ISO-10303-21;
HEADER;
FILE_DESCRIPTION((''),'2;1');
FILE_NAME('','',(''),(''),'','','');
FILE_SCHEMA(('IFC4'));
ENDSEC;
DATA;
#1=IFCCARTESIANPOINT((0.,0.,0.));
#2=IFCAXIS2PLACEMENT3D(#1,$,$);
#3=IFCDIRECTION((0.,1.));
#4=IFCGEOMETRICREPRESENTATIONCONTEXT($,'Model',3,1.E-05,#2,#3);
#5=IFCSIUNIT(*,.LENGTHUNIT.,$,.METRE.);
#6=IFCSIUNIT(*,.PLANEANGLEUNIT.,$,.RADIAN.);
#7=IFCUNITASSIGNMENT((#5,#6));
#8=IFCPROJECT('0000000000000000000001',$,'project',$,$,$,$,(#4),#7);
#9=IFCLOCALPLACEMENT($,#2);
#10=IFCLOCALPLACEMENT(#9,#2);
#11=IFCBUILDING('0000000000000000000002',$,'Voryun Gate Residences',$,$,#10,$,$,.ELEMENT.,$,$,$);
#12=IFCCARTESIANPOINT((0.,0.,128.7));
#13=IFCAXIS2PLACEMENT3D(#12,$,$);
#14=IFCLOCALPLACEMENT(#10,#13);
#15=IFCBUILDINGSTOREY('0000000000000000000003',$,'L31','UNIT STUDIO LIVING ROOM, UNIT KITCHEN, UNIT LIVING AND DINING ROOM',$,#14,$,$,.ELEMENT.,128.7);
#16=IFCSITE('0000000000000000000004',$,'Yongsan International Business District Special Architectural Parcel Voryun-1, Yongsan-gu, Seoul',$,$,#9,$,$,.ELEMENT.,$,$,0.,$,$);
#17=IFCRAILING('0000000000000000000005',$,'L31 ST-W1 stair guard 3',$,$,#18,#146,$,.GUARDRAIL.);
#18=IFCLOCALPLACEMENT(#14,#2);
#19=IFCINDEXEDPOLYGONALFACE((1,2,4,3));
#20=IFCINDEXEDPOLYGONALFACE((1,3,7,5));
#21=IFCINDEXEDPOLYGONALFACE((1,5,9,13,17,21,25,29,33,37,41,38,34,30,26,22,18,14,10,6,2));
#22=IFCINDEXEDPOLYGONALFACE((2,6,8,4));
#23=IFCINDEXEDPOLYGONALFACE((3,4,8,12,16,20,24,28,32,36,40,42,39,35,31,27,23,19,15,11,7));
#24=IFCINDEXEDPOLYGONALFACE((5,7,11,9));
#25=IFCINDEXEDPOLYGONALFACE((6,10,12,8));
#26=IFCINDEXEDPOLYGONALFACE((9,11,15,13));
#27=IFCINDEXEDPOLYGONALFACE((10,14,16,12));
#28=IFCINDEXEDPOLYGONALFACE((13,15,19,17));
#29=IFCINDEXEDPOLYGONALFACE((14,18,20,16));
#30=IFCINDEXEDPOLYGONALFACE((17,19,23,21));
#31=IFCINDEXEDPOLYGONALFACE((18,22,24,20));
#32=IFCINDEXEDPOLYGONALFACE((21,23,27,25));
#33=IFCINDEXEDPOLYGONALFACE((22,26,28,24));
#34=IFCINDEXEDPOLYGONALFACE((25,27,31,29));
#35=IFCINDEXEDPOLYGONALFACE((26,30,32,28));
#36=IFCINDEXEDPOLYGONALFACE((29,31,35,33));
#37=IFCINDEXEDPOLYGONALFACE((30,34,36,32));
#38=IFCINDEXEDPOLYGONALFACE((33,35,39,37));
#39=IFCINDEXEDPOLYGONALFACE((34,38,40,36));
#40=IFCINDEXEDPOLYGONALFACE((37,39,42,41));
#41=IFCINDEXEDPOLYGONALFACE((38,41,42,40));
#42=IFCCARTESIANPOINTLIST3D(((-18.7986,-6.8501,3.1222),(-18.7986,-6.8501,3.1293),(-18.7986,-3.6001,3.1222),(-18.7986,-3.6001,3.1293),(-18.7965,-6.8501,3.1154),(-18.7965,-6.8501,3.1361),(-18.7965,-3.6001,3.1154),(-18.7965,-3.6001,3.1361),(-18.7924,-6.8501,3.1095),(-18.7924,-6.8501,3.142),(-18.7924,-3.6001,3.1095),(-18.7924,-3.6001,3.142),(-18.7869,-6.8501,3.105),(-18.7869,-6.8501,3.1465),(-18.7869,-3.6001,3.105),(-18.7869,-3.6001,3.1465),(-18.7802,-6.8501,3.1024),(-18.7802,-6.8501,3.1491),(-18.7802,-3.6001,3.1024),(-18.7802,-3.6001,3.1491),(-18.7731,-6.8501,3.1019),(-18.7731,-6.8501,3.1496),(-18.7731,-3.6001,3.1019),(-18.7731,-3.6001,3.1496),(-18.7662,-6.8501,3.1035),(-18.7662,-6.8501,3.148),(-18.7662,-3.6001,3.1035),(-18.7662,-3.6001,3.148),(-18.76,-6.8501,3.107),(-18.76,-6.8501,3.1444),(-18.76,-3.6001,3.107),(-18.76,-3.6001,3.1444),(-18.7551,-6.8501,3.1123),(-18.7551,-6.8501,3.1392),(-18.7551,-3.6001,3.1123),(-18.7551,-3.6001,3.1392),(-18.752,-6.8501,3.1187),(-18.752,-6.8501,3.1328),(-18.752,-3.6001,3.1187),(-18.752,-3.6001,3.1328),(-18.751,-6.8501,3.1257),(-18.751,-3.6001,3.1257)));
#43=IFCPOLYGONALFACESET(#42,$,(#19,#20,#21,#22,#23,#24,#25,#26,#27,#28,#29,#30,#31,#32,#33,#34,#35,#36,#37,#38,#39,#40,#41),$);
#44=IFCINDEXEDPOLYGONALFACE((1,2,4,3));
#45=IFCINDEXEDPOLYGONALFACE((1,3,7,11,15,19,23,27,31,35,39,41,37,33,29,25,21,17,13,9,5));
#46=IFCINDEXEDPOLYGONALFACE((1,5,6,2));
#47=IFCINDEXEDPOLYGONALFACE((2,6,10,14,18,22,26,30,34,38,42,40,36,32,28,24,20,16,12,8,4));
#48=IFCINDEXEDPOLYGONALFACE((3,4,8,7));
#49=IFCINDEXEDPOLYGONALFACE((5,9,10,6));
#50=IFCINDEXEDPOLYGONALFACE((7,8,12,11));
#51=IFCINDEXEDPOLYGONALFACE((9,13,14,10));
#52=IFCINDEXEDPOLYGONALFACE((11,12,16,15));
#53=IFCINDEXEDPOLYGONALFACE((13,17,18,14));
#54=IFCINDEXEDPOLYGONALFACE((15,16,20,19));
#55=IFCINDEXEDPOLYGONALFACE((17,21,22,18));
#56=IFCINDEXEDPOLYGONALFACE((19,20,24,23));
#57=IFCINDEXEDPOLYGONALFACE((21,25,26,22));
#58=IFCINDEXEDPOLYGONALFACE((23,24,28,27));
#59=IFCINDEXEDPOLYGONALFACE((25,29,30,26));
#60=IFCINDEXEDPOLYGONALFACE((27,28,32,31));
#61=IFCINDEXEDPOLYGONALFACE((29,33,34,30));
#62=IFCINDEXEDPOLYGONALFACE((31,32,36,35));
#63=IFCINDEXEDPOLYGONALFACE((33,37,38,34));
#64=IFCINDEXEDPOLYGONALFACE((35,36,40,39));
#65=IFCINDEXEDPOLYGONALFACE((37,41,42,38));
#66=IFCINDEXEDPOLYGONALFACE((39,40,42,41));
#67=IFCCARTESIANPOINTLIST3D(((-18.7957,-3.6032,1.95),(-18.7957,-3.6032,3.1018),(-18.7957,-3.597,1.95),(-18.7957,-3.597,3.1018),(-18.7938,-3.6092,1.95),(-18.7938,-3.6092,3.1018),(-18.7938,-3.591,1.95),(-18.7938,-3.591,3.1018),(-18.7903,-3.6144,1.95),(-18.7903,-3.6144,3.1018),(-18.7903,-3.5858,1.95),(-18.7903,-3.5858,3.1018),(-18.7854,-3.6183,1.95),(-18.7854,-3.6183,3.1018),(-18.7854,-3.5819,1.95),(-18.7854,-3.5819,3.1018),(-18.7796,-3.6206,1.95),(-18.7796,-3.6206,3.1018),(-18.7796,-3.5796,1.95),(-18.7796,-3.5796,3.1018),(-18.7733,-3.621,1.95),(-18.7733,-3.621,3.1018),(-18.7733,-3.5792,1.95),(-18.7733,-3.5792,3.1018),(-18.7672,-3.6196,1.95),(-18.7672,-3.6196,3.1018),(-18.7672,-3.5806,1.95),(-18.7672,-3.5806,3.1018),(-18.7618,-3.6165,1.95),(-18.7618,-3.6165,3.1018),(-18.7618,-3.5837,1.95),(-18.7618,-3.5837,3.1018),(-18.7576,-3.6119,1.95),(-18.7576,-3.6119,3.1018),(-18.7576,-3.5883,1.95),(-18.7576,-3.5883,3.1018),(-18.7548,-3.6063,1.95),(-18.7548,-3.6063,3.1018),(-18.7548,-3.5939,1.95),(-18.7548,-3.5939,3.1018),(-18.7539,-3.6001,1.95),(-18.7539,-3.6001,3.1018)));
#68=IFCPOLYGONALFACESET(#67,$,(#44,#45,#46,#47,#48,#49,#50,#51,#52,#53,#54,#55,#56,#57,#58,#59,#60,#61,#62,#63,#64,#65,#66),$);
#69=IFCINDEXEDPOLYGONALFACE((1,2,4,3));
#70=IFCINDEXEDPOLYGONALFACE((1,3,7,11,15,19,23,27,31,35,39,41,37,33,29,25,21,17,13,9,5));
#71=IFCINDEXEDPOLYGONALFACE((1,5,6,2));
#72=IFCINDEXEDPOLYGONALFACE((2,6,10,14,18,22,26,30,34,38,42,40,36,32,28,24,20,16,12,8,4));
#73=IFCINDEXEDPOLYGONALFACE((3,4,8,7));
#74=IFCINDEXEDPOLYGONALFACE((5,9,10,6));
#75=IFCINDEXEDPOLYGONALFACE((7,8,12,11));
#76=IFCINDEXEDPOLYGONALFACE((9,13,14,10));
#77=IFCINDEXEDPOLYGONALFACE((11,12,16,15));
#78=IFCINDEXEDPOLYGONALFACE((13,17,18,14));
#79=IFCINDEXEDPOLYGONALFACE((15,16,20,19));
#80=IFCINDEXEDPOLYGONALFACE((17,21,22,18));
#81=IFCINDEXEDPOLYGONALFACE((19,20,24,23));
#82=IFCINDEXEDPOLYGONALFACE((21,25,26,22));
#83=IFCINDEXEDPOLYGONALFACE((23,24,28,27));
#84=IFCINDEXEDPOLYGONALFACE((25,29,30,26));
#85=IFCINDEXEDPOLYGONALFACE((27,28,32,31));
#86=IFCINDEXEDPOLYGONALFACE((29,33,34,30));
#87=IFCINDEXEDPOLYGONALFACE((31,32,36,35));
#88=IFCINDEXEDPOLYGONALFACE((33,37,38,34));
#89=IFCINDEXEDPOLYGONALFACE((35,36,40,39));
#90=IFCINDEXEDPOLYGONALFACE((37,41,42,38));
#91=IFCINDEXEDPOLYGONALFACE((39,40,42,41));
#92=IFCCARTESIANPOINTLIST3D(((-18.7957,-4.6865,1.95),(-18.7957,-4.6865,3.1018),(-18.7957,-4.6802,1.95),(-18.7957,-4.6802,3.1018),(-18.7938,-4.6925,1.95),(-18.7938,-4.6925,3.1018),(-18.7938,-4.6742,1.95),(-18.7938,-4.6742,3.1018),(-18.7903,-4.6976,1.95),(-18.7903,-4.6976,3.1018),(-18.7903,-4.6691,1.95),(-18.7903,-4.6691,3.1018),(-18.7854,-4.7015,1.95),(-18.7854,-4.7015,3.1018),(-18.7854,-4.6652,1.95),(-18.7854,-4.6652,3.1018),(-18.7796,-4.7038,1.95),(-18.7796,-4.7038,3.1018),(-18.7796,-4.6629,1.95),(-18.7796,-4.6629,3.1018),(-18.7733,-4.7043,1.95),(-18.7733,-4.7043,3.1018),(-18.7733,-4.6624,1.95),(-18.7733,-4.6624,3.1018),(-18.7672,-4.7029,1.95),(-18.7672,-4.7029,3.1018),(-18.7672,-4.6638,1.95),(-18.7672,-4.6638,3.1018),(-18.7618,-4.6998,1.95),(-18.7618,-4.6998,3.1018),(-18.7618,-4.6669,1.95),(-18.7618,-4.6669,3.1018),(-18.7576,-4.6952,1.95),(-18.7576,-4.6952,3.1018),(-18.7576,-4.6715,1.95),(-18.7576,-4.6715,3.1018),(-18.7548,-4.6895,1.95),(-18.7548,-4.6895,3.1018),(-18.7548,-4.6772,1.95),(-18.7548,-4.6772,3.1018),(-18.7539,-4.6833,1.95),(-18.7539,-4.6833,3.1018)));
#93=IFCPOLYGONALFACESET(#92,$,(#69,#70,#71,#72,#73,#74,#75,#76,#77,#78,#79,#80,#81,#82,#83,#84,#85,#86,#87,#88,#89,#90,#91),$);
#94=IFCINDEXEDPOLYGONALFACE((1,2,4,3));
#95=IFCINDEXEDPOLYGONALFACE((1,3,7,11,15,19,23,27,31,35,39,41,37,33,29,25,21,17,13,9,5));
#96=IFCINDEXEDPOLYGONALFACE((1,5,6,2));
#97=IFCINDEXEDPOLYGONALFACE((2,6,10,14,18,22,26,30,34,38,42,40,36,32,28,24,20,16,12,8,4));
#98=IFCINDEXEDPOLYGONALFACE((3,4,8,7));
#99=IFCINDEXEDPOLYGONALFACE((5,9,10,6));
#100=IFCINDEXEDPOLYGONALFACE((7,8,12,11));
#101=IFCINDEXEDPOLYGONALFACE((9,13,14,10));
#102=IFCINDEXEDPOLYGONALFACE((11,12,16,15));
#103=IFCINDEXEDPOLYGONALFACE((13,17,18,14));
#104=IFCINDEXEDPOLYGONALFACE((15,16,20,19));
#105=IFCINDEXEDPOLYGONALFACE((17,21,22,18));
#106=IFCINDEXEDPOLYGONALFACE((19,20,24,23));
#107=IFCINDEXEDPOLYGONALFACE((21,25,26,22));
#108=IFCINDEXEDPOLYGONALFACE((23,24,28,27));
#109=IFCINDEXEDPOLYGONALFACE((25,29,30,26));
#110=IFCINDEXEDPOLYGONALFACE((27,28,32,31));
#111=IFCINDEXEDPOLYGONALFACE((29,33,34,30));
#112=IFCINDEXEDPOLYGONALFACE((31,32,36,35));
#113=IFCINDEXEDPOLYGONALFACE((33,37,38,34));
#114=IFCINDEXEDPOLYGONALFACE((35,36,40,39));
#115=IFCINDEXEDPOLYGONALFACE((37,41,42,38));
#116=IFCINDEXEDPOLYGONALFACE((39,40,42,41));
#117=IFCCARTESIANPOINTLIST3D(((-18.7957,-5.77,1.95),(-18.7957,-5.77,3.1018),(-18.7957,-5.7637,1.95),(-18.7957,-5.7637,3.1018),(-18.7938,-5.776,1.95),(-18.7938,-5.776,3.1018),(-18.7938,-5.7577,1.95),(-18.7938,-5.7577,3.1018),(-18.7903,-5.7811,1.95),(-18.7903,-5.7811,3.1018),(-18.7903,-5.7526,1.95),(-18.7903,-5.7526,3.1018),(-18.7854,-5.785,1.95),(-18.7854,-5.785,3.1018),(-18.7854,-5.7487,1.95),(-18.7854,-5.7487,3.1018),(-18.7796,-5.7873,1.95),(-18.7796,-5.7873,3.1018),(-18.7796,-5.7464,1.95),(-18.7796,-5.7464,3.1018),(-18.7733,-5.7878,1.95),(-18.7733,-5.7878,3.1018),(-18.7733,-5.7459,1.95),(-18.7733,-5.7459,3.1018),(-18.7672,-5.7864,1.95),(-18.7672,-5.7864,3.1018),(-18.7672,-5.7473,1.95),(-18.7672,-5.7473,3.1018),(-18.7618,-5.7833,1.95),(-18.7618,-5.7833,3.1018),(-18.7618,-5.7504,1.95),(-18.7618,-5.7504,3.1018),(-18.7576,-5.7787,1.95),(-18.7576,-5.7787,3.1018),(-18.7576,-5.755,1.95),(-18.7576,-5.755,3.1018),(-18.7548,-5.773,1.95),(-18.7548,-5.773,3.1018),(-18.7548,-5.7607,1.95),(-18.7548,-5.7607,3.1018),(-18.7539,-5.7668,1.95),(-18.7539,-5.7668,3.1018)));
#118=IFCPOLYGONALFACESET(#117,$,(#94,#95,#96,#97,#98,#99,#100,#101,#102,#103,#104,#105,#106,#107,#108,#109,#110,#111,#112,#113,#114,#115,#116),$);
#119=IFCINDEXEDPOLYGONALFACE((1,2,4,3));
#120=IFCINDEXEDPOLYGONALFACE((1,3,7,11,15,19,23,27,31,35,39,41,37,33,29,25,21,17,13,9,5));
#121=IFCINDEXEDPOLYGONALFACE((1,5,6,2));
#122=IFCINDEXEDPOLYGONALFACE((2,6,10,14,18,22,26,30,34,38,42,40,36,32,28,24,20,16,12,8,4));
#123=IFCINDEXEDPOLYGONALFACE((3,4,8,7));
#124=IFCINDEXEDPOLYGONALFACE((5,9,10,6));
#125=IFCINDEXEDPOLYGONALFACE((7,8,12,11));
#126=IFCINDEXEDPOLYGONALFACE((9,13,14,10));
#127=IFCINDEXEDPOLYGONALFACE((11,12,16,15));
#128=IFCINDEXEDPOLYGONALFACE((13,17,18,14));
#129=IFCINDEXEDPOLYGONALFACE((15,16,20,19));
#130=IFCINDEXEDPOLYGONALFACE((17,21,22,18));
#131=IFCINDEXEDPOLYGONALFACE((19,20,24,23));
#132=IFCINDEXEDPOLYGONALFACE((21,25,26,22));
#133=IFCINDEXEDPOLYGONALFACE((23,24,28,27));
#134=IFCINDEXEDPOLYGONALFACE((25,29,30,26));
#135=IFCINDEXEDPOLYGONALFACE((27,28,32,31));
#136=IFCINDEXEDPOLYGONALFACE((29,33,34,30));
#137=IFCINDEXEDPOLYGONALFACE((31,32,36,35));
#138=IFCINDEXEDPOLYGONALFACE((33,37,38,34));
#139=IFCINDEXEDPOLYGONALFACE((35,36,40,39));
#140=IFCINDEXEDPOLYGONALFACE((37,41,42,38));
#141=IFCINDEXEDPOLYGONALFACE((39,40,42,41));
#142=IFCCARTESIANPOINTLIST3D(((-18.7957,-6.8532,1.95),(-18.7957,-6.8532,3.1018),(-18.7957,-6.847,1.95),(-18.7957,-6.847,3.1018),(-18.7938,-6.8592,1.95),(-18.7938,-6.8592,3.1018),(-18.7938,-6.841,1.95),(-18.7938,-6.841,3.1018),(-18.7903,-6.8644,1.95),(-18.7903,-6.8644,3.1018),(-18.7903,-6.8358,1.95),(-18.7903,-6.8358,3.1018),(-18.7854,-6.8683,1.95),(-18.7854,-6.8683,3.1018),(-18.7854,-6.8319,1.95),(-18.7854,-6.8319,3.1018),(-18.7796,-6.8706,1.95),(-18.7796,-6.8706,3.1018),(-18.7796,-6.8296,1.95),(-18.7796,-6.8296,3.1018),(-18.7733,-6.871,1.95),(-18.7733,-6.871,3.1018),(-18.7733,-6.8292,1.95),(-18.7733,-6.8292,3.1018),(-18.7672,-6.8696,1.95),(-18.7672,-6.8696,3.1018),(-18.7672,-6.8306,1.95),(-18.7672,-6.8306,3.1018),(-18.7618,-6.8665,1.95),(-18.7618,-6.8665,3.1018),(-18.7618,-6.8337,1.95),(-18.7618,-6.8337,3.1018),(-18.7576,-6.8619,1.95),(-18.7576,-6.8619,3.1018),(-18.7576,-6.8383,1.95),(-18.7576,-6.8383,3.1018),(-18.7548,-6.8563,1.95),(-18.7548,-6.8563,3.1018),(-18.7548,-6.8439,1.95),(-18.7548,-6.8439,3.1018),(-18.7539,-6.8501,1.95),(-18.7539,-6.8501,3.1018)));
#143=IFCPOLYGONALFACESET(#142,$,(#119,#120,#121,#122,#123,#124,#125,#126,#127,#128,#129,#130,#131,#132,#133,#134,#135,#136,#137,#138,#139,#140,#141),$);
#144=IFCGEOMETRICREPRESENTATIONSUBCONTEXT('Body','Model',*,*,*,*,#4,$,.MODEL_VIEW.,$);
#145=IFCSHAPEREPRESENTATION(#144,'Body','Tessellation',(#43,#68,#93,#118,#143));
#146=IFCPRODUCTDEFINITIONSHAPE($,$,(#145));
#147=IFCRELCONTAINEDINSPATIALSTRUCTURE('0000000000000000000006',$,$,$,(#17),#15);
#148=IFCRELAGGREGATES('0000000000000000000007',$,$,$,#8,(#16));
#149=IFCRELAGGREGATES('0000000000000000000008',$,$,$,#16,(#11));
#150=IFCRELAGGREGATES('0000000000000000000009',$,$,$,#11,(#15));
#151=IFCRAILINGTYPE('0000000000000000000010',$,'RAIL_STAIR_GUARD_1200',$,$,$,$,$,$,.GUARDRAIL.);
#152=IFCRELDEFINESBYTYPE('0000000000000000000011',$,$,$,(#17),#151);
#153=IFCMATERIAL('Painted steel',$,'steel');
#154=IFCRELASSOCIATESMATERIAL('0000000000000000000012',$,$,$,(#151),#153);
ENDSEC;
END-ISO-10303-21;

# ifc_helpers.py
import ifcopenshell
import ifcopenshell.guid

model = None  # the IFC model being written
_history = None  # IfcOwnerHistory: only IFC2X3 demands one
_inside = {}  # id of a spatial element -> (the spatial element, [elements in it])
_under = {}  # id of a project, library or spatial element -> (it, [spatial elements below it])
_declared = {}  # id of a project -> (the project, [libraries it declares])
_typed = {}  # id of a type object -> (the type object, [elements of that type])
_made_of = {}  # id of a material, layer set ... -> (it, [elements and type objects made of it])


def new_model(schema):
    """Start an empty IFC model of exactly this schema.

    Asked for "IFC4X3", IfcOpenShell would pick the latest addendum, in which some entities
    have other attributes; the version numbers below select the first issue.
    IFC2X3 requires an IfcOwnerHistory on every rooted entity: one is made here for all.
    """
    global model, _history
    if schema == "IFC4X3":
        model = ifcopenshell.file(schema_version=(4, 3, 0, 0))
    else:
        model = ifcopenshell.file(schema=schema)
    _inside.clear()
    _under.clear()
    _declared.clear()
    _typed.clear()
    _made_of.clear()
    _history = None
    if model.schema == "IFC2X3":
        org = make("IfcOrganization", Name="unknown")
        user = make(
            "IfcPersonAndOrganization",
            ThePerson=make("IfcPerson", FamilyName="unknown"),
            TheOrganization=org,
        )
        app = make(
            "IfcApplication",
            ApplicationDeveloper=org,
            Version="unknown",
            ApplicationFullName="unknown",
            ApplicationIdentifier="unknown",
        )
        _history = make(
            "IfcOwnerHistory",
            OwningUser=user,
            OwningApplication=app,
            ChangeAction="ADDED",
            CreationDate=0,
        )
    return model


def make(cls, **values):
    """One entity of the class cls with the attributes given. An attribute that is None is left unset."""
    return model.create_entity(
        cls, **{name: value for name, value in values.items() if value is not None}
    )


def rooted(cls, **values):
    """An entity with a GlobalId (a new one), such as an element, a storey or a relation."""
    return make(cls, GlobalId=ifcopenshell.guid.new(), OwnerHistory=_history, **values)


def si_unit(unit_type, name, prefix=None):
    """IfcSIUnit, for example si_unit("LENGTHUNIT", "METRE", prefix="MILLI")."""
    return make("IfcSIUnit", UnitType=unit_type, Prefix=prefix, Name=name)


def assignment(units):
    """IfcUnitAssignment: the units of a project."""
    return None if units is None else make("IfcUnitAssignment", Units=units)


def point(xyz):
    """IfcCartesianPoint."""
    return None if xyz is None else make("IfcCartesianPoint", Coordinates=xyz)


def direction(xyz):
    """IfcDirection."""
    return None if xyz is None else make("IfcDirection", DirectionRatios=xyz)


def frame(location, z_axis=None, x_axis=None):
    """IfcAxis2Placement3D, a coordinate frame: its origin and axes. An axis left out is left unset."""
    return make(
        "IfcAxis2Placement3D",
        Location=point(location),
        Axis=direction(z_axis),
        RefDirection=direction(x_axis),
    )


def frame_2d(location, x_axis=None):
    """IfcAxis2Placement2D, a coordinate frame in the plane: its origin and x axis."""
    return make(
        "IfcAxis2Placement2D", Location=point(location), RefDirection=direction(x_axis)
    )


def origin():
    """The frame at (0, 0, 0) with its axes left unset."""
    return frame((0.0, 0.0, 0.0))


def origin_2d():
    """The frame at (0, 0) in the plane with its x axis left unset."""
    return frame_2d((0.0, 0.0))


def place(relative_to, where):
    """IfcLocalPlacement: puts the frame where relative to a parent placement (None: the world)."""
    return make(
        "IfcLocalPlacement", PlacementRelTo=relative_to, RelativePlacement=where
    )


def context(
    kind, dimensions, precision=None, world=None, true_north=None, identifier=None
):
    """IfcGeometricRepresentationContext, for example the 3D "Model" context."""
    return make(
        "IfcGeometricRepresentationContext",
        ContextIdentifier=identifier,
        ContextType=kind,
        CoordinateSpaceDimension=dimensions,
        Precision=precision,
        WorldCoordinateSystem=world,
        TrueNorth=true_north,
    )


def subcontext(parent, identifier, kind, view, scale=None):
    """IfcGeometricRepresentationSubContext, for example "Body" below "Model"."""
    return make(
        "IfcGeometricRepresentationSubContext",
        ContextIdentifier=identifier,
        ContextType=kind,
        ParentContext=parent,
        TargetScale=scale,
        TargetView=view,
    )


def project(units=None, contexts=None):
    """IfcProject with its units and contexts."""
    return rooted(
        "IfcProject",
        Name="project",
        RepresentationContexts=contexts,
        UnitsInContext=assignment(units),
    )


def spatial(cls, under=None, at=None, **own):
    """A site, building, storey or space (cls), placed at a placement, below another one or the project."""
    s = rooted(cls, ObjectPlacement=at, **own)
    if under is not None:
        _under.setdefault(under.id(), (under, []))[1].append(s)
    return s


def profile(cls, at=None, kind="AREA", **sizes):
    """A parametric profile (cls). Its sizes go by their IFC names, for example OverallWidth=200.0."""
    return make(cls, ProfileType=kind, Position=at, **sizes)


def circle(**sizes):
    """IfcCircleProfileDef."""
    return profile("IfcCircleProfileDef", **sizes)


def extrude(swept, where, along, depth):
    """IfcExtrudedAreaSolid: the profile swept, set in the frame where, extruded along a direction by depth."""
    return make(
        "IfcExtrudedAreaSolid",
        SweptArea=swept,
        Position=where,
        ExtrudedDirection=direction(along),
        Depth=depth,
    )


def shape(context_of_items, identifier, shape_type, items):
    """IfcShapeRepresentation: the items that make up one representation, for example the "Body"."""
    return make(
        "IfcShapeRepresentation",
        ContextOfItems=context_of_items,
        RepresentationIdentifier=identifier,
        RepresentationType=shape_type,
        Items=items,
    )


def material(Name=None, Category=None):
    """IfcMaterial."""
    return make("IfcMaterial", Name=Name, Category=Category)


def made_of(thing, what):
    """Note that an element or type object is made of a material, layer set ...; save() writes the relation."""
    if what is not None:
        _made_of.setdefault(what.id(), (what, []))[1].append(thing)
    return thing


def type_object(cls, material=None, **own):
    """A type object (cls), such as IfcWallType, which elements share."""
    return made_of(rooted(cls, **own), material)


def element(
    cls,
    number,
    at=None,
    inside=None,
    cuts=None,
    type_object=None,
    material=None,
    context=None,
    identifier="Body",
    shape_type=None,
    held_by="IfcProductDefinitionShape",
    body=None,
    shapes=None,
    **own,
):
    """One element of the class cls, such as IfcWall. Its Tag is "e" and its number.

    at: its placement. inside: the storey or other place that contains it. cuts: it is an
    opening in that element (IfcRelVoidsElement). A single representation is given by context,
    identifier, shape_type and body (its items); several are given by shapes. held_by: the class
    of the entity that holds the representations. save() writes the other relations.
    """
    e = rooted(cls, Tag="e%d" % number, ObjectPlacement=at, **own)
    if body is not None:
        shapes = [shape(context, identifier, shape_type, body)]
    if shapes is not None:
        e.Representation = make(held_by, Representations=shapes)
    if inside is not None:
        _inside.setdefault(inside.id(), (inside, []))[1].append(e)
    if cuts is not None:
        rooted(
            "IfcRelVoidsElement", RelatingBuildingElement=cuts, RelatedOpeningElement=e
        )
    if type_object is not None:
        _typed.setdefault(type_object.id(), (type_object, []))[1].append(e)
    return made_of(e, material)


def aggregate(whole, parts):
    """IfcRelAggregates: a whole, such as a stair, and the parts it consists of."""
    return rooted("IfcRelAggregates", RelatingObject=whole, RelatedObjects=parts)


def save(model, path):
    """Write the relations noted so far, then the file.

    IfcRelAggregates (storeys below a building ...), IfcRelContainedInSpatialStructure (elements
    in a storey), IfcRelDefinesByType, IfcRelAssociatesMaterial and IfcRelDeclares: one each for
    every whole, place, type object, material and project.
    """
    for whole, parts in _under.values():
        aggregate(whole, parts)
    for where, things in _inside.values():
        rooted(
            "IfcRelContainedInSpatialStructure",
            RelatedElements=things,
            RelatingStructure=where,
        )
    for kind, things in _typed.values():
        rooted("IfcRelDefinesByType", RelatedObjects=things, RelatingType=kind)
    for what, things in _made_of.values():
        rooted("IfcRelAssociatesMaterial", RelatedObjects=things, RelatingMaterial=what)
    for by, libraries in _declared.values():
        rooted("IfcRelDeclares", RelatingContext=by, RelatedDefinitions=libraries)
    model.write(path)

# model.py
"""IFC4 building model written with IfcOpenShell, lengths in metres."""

from ifc_helpers import new_model, si_unit, direction, frame, origin, origin_2d, place, context, subcontext, project, spatial, circle, extrude, material, type_object, element, save


model = new_model("IFC4")

# Units and contexts
model_context = context("Model", 3, precision=1e-05, world=origin(), true_north=direction((0.0, 1.0)))
body_context = subcontext(model_context, "Body", "Model", "MODEL_VIEW")
ifc_project = project(units=[si_unit("LENGTHUNIT", "METRE"), si_unit("PLANEANGLEUNIT", "RADIAN")], contexts=[model_context])

# Site, building, storey
site_placement = place(None, origin())
site = spatial("IfcSite", under=ifc_project, at=site_placement, Name="Yongsan International Business District Special Architectural Parcel Voryun-1, Yongsan-gu, Seoul", CompositionType="ELEMENT", RefElevation=0.0)
building_placement = place(site_placement, origin())
building = spatial("IfcBuilding", under=site, at=building_placement, Name="Voryun Gate Residences", CompositionType="ELEMENT")
storey_placement = place(building_placement, frame((0.0, 0.0, 128.7)))
storey = spatial("IfcBuildingStorey", under=building, at=storey_placement, Name="L31", Description="UNIT STUDIO LIVING ROOM, UNIT KITCHEN, UNIT LIVING AND DINING ROOM", CompositionType="ELEMENT", Elevation=128.7)

# Railing
ifc_material_1 = material(Name="Painted steel", Category="steel")
railing_type_1 = type_object("IfcRailingType", Name="RAIL_STAIR_GUARD_1200", PredefinedType="GUARDRAIL", material=ifc_material_1)
railing_1_placement = place(storey_placement, frame((-18.7749, -3.6001, 1.95)))
element("IfcRailing", 1, at=railing_1_placement, inside=storey, type_object=railing_type_1, Name="L31 ST-W1 stair guard 3", PredefinedType="GUARDRAIL", context=body_context, shape_type="SweptSolid", body=[
    extrude(circle(Radius=0.0239, at=origin_2d()), frame((0.0, 0.0, 1.1758), z_axis=(0.0, -1.0, 0.0), x_axis=(1.0, 0.0, 0.0)), (0.0, 0.0, 1.0), 3.25),
    extrude(circle(Radius=0.021, at=origin_2d()), origin(), (0.0, 0.0, 1.0), 1.1519),
    extrude(circle(Radius=0.021, at=origin_2d()), frame((0.0, -1.0833, 0.0)), (0.0, 0.0, 1.0), 1.1519),
    extrude(circle(Radius=0.021, at=origin_2d()), frame((0.0, -2.1667, 0.0)), (0.0, 0.0, 1.0), 1.1519),
    extrude(circle(Radius=0.021, at=origin_2d()), frame((0.0, -3.25, 0.0)), (0.0, 0.0, 1.0), 1.1519),
])

save(model, "model.ifc")
